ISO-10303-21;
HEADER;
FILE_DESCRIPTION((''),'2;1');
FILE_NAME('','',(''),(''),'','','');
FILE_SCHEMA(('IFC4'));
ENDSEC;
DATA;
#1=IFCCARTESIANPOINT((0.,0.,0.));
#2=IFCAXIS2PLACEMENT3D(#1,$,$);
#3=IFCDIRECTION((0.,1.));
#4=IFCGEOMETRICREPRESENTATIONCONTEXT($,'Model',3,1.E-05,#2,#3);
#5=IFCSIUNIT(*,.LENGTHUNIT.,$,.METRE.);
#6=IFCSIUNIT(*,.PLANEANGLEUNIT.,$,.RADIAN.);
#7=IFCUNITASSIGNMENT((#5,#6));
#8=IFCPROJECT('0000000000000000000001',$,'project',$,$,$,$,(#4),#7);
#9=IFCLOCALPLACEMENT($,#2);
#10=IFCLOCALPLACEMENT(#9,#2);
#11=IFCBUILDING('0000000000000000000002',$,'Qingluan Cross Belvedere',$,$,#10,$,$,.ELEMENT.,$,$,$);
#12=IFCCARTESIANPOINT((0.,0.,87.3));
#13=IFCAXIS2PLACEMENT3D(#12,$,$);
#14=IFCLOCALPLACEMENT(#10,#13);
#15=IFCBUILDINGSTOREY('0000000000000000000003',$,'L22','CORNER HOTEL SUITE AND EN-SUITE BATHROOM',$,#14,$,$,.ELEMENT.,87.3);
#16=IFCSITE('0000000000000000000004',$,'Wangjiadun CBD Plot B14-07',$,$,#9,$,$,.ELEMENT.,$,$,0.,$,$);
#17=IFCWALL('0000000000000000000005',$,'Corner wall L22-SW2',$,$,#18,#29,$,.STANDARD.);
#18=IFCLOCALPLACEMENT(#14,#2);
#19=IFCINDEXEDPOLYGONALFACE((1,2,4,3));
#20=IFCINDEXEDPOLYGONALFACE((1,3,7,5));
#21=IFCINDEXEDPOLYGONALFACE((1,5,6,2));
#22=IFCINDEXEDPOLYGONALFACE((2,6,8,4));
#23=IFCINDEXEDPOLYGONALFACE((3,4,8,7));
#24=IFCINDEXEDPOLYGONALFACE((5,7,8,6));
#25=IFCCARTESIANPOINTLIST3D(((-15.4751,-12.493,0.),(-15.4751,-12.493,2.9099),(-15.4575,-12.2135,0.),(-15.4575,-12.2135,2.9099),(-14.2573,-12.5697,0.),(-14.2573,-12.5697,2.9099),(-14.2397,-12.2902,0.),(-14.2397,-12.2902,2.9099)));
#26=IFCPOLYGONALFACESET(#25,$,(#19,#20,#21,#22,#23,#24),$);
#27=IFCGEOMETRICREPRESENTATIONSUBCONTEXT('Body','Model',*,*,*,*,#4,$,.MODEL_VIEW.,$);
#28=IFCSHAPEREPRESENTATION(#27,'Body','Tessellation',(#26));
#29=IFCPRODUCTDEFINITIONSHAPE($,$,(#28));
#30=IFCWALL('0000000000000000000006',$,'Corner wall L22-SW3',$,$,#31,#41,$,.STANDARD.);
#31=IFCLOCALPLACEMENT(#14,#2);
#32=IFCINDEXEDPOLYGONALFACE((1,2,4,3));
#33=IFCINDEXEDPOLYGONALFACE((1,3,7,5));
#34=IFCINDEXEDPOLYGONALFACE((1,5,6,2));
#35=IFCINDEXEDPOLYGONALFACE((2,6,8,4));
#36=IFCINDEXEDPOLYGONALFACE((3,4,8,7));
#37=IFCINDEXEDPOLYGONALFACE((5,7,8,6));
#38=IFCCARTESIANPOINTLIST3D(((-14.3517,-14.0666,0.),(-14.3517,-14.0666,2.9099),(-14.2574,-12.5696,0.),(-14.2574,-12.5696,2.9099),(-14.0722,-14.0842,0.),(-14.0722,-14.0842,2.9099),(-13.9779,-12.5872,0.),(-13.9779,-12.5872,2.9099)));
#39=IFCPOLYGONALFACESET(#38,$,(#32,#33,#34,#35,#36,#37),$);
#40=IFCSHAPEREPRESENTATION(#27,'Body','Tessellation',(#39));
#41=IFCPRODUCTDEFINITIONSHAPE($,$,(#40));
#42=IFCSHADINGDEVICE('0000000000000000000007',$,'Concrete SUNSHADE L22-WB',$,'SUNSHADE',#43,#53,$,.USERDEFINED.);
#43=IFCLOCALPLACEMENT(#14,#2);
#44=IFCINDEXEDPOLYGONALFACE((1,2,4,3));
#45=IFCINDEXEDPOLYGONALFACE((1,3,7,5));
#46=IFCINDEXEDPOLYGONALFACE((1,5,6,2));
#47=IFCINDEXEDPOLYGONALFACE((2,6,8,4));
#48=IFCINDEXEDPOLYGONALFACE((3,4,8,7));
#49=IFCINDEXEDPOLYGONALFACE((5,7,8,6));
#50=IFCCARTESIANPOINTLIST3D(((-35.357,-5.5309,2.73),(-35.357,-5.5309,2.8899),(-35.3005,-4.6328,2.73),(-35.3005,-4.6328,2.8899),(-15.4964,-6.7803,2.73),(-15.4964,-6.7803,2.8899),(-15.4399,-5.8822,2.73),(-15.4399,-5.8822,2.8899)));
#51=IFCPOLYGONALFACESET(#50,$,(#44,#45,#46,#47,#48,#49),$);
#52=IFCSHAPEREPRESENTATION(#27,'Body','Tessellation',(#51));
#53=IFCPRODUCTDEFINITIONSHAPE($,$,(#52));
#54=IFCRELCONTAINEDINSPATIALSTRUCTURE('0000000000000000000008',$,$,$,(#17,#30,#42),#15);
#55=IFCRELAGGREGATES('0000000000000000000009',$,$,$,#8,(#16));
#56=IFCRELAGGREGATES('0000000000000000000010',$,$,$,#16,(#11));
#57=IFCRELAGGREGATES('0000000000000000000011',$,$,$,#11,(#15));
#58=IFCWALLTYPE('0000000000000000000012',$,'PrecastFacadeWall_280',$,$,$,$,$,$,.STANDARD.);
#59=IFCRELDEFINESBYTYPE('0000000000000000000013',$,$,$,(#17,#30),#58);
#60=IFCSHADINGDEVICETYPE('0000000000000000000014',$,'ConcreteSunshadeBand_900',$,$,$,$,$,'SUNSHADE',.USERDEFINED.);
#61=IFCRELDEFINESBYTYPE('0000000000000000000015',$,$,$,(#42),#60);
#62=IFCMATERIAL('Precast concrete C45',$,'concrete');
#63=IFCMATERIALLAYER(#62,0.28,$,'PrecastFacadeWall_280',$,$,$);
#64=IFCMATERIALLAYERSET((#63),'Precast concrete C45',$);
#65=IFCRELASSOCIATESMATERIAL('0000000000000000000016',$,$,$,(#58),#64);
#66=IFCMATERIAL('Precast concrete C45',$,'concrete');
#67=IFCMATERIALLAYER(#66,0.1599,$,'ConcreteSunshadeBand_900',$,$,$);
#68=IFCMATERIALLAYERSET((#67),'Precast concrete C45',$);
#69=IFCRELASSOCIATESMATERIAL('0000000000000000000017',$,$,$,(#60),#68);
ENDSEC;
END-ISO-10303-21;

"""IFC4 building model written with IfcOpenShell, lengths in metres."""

from ifc_helpers import new_model, si_unit, direction, frame, frame_2d, origin, origin_2d, place, context, subcontext, project, spatial, rectangle, extrude, material, layer, layer_set, type_object, element, save


model = new_model("IFC4")

# Units and contexts
model_context = context("Model", 3, precision=1e-05, world=origin(), true_north=direction((0.0, 1.0)))
body_context = subcontext(model_context, "Body", "Model", "MODEL_VIEW")
ifc_project = project(units=[si_unit("LENGTHUNIT", "METRE"), si_unit("PLANEANGLEUNIT", "RADIAN")], contexts=[model_context])

# Site, building, storey
site_placement = place(None, origin())
site = spatial("IfcSite", under=ifc_project, at=site_placement, Name="Wangjiadun CBD Plot B14-07", CompositionType="ELEMENT", RefElevation=0.0)
building_placement = place(site_placement, origin())
building = spatial("IfcBuilding", under=site, at=building_placement, Name="Qingluan Cross Belvedere", CompositionType="ELEMENT")
storey_placement = place(building_placement, frame((0.0, 0.0, 87.3)))
storey = spatial("IfcBuildingStorey", under=building, at=storey_placement, Name="L22", Description="CORNER HOTEL SUITE AND EN-SUITE BATHROOM", CompositionType="ELEMENT", Elevation=87.3)

# Shared definitions
ifc_material_1 = material(Name="Precast concrete C45", Category="concrete")
ifc_layer_1 = layer(ifc_material_1, 0.28, Name="PrecastFacadeWall_280")
ifc_layer_set_1 = layer_set([ifc_layer_1], Name="Precast concrete C45")
wall_type_1 = type_object("IfcWallType", Name="PrecastFacadeWall_280", PredefinedType="STANDARD", material=ifc_layer_set_1)

# Walls
wall_1_placement = place(storey_placement, frame((-15.4663, -12.3533, 0.0), z_axis=(0.0, 0.0, 1.0), x_axis=(0.998024, -0.062827, 0.0)))
element("IfcWall", 1, at=wall_1_placement, inside=storey, type_object=wall_type_1, Name="Corner wall L22-SW2", PredefinedType="STANDARD", context=body_context, shape_type="SweptSolid", body=[
    extrude(rectangle(XDim=1.2202, YDim=0.28, at=frame_2d((0.6101, 0.0))), origin(), (0.0, 0.0, 1.0), 2.9099),
])
wall_2_placement = place(storey_placement, frame((-14.1177, -12.5784, 0.0), z_axis=(0.0, 0.0, 1.0), x_axis=(-0.062824, -0.998025, 0.0)))
element("IfcWall", 2, at=wall_2_placement, inside=storey, type_object=wall_type_1, Name="Corner wall L22-SW3", PredefinedType="STANDARD", context=body_context, shape_type="SweptSolid", body=[
    extrude(rectangle(XDim=1.5, YDim=0.28, at=frame_2d((0.75, 0.0))), origin(), (0.0, 0.0, 1.0), 2.9099),
])

# Shading device
ifc_material_2 = material(Name="Precast concrete C45", Category="concrete")
ifc_layer_2 = layer(ifc_material_2, 0.1599, Name="ConcreteSunshadeBand_900")
ifc_layer_set_2 = layer_set([ifc_layer_2], Name="Precast concrete C45")
shading_device_type = type_object("IfcShadingDeviceType", Name="ConcreteSunshadeBand_900", ElementType="SUNSHADE", PredefinedType="USERDEFINED", material=ifc_layer_set_2)
shading_device_placement = place(storey_placement, frame((-25.3984, -5.7065, 2.73), z_axis=(0.0, 0.0, 1.0), x_axis=(0.998027, -0.062786, 0.0)))
element("IfcShadingDevice", 3, at=shading_device_placement, inside=storey, type_object=shading_device_type, Name="Concrete SUNSHADE L22-WB", ObjectType="SUNSHADE", PredefinedType="USERDEFINED", context=body_context, shape_type="SweptSolid", body=[
    extrude(rectangle(XDim=19.8999, YDim=0.8999, at=origin_2d()), origin(), (0.0, 0.0, 1.0), 0.1599),
])

save(model, "model.ifc")
